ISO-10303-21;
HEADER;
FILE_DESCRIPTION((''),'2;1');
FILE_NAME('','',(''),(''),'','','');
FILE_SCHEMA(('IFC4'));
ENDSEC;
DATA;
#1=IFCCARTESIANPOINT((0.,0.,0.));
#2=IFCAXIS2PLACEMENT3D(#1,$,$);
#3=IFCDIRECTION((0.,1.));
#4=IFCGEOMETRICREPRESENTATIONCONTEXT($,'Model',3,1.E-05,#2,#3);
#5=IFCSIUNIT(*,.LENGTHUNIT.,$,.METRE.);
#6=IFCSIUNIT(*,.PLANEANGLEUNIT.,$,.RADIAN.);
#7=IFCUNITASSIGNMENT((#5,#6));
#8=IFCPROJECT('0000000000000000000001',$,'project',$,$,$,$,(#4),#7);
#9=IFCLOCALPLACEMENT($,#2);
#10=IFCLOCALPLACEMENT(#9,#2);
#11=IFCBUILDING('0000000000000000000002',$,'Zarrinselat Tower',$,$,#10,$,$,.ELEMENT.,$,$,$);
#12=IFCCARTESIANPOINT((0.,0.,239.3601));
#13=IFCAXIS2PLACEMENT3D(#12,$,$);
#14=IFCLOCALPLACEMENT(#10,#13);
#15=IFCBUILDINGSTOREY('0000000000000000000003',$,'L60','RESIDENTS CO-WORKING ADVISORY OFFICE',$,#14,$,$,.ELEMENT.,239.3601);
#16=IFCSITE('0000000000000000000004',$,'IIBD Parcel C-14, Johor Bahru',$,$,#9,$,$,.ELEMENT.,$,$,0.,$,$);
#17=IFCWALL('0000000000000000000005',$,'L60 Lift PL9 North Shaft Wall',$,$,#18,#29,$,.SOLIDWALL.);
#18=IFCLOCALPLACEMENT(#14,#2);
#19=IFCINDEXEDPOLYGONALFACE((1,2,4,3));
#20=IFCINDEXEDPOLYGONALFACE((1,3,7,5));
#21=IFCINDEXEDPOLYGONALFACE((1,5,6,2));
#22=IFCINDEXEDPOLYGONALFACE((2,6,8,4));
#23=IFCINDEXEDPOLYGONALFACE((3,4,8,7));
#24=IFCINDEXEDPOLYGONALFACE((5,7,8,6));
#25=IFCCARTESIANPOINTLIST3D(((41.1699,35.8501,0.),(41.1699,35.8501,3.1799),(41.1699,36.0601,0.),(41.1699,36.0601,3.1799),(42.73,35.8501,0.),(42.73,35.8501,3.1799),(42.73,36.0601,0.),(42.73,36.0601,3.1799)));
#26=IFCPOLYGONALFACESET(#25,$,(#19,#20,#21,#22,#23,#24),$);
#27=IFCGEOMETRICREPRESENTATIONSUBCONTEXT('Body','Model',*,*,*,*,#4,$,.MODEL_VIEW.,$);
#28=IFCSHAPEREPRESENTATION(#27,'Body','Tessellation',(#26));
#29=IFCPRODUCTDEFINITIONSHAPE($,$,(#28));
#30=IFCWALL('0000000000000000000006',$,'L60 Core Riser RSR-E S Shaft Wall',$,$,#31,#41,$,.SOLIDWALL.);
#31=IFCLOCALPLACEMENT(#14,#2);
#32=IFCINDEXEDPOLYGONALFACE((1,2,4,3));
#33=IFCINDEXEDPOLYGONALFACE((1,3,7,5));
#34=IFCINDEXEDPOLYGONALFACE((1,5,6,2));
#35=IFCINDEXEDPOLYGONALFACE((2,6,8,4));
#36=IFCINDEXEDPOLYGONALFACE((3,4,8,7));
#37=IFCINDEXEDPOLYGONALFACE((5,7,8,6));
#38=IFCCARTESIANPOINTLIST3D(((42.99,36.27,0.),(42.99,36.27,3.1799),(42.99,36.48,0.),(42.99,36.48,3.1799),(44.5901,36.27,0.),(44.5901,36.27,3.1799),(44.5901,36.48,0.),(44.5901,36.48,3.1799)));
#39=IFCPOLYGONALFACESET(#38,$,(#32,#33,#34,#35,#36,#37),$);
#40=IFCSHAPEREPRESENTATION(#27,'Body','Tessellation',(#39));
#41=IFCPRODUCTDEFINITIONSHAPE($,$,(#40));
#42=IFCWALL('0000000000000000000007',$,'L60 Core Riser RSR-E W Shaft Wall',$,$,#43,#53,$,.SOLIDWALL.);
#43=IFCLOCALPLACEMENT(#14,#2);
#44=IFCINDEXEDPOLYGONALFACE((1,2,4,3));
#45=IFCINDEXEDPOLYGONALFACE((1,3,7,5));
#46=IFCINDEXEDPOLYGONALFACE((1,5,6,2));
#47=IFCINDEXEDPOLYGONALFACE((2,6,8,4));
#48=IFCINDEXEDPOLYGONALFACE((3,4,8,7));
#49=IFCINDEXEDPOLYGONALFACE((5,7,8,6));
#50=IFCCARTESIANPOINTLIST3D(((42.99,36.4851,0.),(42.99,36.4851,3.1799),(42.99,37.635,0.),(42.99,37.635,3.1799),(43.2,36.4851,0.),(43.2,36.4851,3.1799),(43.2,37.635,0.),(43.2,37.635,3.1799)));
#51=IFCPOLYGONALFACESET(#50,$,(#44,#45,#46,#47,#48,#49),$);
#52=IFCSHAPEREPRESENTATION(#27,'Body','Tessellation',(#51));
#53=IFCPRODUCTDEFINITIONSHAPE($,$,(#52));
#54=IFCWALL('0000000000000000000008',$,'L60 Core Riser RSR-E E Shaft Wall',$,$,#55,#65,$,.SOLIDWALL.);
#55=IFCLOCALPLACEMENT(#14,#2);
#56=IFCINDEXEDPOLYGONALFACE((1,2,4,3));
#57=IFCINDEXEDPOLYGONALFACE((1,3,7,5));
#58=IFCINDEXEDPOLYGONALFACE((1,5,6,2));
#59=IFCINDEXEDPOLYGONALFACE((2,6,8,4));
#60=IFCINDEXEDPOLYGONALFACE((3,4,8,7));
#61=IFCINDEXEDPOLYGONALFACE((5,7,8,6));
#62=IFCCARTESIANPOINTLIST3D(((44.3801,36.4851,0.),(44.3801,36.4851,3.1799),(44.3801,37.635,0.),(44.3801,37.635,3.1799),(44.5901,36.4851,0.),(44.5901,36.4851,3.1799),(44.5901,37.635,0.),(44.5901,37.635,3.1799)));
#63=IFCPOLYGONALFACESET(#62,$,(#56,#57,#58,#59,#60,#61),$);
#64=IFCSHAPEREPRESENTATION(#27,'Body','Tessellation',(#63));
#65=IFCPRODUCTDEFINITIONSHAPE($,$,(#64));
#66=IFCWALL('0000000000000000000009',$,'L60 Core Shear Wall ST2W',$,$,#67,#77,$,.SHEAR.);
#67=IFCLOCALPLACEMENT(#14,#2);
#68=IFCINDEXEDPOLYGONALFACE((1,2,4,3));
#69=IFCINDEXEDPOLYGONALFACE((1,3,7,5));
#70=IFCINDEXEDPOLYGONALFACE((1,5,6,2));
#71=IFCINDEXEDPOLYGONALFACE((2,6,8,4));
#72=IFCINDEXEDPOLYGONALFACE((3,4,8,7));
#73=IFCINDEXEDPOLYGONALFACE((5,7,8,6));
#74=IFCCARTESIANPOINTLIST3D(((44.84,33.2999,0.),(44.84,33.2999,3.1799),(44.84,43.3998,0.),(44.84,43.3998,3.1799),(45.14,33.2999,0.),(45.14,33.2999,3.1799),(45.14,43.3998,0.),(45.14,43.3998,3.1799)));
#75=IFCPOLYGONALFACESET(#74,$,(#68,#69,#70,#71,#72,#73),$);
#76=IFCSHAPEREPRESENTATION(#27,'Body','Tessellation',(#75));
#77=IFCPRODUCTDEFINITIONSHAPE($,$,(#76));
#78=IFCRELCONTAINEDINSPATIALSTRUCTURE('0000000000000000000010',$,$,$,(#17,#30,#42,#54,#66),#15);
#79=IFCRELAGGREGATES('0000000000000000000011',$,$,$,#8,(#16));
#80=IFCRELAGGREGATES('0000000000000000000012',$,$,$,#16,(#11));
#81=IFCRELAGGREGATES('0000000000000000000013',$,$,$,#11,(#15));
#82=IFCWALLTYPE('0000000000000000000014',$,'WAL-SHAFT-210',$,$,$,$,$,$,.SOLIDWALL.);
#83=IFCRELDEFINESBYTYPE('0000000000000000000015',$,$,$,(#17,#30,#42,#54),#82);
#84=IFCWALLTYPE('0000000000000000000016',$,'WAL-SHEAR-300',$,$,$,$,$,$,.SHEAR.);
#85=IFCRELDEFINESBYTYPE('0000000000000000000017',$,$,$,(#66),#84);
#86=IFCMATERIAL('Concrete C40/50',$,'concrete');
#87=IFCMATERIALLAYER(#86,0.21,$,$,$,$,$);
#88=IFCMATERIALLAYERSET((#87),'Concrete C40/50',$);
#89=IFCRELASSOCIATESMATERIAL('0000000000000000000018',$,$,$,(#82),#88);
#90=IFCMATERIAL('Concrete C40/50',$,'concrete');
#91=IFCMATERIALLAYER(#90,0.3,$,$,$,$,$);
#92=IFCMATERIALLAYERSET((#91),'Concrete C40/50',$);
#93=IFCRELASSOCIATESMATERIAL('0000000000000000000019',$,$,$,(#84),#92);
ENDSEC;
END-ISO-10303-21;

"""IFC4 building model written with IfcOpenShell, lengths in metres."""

from ifc_helpers import new_model, si_unit, direction, frame, frame_2d, origin, place, context, subcontext, project, spatial, rectangle, extrude, material, layer, layer_set, type_object, element, save


model = new_model("IFC4")

# Units and contexts
model_context = context("Model", 3, precision=1e-05, world=origin(), true_north=direction((0.0, 1.0)))
body_context = subcontext(model_context, "Body", "Model", "MODEL_VIEW")
ifc_project = project(units=[si_unit("LENGTHUNIT", "METRE"), si_unit("PLANEANGLEUNIT", "RADIAN")], contexts=[model_context])

# Site, building, storey
site_placement = place(None, origin())
site = spatial("IfcSite", under=ifc_project, at=site_placement, Name="IIBD Parcel C-14, Johor Bahru", CompositionType="ELEMENT", RefElevation=0.0)
building_placement = place(site_placement, origin())
building = spatial("IfcBuilding", under=site, at=building_placement, Name="Zarrinselat Tower", CompositionType="ELEMENT")
storey_placement = place(building_placement, frame((0.0, 0.0, 239.3601)))
storey = spatial("IfcBuildingStorey", under=building, at=storey_placement, Name="L60", Description="RESIDENTS CO-WORKING ADVISORY OFFICE", CompositionType="ELEMENT", Elevation=239.3601)

# Walls
ifc_material_1 = material(Name="Concrete C40/50", Category="concrete")
ifc_layer_1 = layer(ifc_material_1, 0.21)
ifc_layer_set_1 = layer_set([ifc_layer_1], Name="Concrete C40/50")
wall_type_1 = type_object("IfcWallType", Name="WAL-SHAFT-210", PredefinedType="SOLIDWALL", material=ifc_layer_set_1)
wall_1_placement = place(storey_placement, frame((41.1699, 35.9551, 0.0), z_axis=(0.0, 0.0, 1.0), x_axis=(1.0, 0.0, 0.0)))
element("IfcWall", 1, at=wall_1_placement, inside=storey, type_object=wall_type_1, Name="L60 Lift PL9 North Shaft Wall", PredefinedType="SOLIDWALL", context=body_context, shape_type="SweptSolid", body=[
    extrude(rectangle(XDim=1.5601, YDim=0.21, at=frame_2d((0.78, 0.0))), origin(), (0.0, 0.0, 1.0), 3.1799),
])
wall_2_placement = place(storey_placement, frame((42.99, 36.375, 0.0), z_axis=(0.0, 0.0, 1.0), x_axis=(1.0, 0.0, 0.0)))
element("IfcWall", 2, at=wall_2_placement, inside=storey, type_object=wall_type_1, Name="L60 Core Riser RSR-E S Shaft Wall", PredefinedType="SOLIDWALL", context=body_context, shape_type="SweptSolid", body=[
    extrude(rectangle(XDim=1.6001, YDim=0.21, at=frame_2d((0.8, 0.0))), origin(), (0.0, 0.0, 1.0), 3.1799),
])
for number, where, z_axis, x_axis, name in (
    (3, (43.095, 36.4851, 0.0), (0.0, 0.0, 1.0), (0.0, 1.0, 0.0), "L60 Core Riser RSR-E W Shaft Wall"),
    (4, (44.4851, 36.4851, 0.0), (0.0, 0.0, 1.0), (0.0, 1.0, 0.0), "L60 Core Riser RSR-E E Shaft Wall"),
):
    element("IfcWall", number, at=place(storey_placement, frame(where, z_axis=z_axis, x_axis=x_axis)), inside=storey, type_object=wall_type_1, Name=name, PredefinedType="SOLIDWALL", context=body_context, shape_type="SweptSolid", body=[
        extrude(rectangle(XDim=1.1499, YDim=0.21, at=frame_2d((0.575, 0.0))), origin(), (0.0, 0.0, 1.0), 3.1799),
    ])
ifc_material_2 = material(Name="Concrete C40/50", Category="concrete")
ifc_layer_2 = layer(ifc_material_2, 0.3)
ifc_layer_set_2 = layer_set([ifc_layer_2], Name="Concrete C40/50")
wall_type_2 = type_object("IfcWallType", Name="WAL-SHEAR-300", PredefinedType="SHEAR", material=ifc_layer_set_2)
wall_3_placement = place(storey_placement, frame((44.99, 33.3, 0.0), z_axis=(0.0, 0.0, 1.0), x_axis=(0.0, 1.0, 0.0)))
element("IfcWall", 5, at=wall_3_placement, inside=storey, type_object=wall_type_2, Name="L60 Core Shear Wall ST2W", PredefinedType="SHEAR", context=body_context, shape_type="SweptSolid", body=[
    extrude(rectangle(XDim=10.0999, YDim=0.3, at=frame_2d((5.0498, 0.0))), origin(), (0.0, 0.0, 1.0), 3.1799),
])

save(model, "model.ifc")
